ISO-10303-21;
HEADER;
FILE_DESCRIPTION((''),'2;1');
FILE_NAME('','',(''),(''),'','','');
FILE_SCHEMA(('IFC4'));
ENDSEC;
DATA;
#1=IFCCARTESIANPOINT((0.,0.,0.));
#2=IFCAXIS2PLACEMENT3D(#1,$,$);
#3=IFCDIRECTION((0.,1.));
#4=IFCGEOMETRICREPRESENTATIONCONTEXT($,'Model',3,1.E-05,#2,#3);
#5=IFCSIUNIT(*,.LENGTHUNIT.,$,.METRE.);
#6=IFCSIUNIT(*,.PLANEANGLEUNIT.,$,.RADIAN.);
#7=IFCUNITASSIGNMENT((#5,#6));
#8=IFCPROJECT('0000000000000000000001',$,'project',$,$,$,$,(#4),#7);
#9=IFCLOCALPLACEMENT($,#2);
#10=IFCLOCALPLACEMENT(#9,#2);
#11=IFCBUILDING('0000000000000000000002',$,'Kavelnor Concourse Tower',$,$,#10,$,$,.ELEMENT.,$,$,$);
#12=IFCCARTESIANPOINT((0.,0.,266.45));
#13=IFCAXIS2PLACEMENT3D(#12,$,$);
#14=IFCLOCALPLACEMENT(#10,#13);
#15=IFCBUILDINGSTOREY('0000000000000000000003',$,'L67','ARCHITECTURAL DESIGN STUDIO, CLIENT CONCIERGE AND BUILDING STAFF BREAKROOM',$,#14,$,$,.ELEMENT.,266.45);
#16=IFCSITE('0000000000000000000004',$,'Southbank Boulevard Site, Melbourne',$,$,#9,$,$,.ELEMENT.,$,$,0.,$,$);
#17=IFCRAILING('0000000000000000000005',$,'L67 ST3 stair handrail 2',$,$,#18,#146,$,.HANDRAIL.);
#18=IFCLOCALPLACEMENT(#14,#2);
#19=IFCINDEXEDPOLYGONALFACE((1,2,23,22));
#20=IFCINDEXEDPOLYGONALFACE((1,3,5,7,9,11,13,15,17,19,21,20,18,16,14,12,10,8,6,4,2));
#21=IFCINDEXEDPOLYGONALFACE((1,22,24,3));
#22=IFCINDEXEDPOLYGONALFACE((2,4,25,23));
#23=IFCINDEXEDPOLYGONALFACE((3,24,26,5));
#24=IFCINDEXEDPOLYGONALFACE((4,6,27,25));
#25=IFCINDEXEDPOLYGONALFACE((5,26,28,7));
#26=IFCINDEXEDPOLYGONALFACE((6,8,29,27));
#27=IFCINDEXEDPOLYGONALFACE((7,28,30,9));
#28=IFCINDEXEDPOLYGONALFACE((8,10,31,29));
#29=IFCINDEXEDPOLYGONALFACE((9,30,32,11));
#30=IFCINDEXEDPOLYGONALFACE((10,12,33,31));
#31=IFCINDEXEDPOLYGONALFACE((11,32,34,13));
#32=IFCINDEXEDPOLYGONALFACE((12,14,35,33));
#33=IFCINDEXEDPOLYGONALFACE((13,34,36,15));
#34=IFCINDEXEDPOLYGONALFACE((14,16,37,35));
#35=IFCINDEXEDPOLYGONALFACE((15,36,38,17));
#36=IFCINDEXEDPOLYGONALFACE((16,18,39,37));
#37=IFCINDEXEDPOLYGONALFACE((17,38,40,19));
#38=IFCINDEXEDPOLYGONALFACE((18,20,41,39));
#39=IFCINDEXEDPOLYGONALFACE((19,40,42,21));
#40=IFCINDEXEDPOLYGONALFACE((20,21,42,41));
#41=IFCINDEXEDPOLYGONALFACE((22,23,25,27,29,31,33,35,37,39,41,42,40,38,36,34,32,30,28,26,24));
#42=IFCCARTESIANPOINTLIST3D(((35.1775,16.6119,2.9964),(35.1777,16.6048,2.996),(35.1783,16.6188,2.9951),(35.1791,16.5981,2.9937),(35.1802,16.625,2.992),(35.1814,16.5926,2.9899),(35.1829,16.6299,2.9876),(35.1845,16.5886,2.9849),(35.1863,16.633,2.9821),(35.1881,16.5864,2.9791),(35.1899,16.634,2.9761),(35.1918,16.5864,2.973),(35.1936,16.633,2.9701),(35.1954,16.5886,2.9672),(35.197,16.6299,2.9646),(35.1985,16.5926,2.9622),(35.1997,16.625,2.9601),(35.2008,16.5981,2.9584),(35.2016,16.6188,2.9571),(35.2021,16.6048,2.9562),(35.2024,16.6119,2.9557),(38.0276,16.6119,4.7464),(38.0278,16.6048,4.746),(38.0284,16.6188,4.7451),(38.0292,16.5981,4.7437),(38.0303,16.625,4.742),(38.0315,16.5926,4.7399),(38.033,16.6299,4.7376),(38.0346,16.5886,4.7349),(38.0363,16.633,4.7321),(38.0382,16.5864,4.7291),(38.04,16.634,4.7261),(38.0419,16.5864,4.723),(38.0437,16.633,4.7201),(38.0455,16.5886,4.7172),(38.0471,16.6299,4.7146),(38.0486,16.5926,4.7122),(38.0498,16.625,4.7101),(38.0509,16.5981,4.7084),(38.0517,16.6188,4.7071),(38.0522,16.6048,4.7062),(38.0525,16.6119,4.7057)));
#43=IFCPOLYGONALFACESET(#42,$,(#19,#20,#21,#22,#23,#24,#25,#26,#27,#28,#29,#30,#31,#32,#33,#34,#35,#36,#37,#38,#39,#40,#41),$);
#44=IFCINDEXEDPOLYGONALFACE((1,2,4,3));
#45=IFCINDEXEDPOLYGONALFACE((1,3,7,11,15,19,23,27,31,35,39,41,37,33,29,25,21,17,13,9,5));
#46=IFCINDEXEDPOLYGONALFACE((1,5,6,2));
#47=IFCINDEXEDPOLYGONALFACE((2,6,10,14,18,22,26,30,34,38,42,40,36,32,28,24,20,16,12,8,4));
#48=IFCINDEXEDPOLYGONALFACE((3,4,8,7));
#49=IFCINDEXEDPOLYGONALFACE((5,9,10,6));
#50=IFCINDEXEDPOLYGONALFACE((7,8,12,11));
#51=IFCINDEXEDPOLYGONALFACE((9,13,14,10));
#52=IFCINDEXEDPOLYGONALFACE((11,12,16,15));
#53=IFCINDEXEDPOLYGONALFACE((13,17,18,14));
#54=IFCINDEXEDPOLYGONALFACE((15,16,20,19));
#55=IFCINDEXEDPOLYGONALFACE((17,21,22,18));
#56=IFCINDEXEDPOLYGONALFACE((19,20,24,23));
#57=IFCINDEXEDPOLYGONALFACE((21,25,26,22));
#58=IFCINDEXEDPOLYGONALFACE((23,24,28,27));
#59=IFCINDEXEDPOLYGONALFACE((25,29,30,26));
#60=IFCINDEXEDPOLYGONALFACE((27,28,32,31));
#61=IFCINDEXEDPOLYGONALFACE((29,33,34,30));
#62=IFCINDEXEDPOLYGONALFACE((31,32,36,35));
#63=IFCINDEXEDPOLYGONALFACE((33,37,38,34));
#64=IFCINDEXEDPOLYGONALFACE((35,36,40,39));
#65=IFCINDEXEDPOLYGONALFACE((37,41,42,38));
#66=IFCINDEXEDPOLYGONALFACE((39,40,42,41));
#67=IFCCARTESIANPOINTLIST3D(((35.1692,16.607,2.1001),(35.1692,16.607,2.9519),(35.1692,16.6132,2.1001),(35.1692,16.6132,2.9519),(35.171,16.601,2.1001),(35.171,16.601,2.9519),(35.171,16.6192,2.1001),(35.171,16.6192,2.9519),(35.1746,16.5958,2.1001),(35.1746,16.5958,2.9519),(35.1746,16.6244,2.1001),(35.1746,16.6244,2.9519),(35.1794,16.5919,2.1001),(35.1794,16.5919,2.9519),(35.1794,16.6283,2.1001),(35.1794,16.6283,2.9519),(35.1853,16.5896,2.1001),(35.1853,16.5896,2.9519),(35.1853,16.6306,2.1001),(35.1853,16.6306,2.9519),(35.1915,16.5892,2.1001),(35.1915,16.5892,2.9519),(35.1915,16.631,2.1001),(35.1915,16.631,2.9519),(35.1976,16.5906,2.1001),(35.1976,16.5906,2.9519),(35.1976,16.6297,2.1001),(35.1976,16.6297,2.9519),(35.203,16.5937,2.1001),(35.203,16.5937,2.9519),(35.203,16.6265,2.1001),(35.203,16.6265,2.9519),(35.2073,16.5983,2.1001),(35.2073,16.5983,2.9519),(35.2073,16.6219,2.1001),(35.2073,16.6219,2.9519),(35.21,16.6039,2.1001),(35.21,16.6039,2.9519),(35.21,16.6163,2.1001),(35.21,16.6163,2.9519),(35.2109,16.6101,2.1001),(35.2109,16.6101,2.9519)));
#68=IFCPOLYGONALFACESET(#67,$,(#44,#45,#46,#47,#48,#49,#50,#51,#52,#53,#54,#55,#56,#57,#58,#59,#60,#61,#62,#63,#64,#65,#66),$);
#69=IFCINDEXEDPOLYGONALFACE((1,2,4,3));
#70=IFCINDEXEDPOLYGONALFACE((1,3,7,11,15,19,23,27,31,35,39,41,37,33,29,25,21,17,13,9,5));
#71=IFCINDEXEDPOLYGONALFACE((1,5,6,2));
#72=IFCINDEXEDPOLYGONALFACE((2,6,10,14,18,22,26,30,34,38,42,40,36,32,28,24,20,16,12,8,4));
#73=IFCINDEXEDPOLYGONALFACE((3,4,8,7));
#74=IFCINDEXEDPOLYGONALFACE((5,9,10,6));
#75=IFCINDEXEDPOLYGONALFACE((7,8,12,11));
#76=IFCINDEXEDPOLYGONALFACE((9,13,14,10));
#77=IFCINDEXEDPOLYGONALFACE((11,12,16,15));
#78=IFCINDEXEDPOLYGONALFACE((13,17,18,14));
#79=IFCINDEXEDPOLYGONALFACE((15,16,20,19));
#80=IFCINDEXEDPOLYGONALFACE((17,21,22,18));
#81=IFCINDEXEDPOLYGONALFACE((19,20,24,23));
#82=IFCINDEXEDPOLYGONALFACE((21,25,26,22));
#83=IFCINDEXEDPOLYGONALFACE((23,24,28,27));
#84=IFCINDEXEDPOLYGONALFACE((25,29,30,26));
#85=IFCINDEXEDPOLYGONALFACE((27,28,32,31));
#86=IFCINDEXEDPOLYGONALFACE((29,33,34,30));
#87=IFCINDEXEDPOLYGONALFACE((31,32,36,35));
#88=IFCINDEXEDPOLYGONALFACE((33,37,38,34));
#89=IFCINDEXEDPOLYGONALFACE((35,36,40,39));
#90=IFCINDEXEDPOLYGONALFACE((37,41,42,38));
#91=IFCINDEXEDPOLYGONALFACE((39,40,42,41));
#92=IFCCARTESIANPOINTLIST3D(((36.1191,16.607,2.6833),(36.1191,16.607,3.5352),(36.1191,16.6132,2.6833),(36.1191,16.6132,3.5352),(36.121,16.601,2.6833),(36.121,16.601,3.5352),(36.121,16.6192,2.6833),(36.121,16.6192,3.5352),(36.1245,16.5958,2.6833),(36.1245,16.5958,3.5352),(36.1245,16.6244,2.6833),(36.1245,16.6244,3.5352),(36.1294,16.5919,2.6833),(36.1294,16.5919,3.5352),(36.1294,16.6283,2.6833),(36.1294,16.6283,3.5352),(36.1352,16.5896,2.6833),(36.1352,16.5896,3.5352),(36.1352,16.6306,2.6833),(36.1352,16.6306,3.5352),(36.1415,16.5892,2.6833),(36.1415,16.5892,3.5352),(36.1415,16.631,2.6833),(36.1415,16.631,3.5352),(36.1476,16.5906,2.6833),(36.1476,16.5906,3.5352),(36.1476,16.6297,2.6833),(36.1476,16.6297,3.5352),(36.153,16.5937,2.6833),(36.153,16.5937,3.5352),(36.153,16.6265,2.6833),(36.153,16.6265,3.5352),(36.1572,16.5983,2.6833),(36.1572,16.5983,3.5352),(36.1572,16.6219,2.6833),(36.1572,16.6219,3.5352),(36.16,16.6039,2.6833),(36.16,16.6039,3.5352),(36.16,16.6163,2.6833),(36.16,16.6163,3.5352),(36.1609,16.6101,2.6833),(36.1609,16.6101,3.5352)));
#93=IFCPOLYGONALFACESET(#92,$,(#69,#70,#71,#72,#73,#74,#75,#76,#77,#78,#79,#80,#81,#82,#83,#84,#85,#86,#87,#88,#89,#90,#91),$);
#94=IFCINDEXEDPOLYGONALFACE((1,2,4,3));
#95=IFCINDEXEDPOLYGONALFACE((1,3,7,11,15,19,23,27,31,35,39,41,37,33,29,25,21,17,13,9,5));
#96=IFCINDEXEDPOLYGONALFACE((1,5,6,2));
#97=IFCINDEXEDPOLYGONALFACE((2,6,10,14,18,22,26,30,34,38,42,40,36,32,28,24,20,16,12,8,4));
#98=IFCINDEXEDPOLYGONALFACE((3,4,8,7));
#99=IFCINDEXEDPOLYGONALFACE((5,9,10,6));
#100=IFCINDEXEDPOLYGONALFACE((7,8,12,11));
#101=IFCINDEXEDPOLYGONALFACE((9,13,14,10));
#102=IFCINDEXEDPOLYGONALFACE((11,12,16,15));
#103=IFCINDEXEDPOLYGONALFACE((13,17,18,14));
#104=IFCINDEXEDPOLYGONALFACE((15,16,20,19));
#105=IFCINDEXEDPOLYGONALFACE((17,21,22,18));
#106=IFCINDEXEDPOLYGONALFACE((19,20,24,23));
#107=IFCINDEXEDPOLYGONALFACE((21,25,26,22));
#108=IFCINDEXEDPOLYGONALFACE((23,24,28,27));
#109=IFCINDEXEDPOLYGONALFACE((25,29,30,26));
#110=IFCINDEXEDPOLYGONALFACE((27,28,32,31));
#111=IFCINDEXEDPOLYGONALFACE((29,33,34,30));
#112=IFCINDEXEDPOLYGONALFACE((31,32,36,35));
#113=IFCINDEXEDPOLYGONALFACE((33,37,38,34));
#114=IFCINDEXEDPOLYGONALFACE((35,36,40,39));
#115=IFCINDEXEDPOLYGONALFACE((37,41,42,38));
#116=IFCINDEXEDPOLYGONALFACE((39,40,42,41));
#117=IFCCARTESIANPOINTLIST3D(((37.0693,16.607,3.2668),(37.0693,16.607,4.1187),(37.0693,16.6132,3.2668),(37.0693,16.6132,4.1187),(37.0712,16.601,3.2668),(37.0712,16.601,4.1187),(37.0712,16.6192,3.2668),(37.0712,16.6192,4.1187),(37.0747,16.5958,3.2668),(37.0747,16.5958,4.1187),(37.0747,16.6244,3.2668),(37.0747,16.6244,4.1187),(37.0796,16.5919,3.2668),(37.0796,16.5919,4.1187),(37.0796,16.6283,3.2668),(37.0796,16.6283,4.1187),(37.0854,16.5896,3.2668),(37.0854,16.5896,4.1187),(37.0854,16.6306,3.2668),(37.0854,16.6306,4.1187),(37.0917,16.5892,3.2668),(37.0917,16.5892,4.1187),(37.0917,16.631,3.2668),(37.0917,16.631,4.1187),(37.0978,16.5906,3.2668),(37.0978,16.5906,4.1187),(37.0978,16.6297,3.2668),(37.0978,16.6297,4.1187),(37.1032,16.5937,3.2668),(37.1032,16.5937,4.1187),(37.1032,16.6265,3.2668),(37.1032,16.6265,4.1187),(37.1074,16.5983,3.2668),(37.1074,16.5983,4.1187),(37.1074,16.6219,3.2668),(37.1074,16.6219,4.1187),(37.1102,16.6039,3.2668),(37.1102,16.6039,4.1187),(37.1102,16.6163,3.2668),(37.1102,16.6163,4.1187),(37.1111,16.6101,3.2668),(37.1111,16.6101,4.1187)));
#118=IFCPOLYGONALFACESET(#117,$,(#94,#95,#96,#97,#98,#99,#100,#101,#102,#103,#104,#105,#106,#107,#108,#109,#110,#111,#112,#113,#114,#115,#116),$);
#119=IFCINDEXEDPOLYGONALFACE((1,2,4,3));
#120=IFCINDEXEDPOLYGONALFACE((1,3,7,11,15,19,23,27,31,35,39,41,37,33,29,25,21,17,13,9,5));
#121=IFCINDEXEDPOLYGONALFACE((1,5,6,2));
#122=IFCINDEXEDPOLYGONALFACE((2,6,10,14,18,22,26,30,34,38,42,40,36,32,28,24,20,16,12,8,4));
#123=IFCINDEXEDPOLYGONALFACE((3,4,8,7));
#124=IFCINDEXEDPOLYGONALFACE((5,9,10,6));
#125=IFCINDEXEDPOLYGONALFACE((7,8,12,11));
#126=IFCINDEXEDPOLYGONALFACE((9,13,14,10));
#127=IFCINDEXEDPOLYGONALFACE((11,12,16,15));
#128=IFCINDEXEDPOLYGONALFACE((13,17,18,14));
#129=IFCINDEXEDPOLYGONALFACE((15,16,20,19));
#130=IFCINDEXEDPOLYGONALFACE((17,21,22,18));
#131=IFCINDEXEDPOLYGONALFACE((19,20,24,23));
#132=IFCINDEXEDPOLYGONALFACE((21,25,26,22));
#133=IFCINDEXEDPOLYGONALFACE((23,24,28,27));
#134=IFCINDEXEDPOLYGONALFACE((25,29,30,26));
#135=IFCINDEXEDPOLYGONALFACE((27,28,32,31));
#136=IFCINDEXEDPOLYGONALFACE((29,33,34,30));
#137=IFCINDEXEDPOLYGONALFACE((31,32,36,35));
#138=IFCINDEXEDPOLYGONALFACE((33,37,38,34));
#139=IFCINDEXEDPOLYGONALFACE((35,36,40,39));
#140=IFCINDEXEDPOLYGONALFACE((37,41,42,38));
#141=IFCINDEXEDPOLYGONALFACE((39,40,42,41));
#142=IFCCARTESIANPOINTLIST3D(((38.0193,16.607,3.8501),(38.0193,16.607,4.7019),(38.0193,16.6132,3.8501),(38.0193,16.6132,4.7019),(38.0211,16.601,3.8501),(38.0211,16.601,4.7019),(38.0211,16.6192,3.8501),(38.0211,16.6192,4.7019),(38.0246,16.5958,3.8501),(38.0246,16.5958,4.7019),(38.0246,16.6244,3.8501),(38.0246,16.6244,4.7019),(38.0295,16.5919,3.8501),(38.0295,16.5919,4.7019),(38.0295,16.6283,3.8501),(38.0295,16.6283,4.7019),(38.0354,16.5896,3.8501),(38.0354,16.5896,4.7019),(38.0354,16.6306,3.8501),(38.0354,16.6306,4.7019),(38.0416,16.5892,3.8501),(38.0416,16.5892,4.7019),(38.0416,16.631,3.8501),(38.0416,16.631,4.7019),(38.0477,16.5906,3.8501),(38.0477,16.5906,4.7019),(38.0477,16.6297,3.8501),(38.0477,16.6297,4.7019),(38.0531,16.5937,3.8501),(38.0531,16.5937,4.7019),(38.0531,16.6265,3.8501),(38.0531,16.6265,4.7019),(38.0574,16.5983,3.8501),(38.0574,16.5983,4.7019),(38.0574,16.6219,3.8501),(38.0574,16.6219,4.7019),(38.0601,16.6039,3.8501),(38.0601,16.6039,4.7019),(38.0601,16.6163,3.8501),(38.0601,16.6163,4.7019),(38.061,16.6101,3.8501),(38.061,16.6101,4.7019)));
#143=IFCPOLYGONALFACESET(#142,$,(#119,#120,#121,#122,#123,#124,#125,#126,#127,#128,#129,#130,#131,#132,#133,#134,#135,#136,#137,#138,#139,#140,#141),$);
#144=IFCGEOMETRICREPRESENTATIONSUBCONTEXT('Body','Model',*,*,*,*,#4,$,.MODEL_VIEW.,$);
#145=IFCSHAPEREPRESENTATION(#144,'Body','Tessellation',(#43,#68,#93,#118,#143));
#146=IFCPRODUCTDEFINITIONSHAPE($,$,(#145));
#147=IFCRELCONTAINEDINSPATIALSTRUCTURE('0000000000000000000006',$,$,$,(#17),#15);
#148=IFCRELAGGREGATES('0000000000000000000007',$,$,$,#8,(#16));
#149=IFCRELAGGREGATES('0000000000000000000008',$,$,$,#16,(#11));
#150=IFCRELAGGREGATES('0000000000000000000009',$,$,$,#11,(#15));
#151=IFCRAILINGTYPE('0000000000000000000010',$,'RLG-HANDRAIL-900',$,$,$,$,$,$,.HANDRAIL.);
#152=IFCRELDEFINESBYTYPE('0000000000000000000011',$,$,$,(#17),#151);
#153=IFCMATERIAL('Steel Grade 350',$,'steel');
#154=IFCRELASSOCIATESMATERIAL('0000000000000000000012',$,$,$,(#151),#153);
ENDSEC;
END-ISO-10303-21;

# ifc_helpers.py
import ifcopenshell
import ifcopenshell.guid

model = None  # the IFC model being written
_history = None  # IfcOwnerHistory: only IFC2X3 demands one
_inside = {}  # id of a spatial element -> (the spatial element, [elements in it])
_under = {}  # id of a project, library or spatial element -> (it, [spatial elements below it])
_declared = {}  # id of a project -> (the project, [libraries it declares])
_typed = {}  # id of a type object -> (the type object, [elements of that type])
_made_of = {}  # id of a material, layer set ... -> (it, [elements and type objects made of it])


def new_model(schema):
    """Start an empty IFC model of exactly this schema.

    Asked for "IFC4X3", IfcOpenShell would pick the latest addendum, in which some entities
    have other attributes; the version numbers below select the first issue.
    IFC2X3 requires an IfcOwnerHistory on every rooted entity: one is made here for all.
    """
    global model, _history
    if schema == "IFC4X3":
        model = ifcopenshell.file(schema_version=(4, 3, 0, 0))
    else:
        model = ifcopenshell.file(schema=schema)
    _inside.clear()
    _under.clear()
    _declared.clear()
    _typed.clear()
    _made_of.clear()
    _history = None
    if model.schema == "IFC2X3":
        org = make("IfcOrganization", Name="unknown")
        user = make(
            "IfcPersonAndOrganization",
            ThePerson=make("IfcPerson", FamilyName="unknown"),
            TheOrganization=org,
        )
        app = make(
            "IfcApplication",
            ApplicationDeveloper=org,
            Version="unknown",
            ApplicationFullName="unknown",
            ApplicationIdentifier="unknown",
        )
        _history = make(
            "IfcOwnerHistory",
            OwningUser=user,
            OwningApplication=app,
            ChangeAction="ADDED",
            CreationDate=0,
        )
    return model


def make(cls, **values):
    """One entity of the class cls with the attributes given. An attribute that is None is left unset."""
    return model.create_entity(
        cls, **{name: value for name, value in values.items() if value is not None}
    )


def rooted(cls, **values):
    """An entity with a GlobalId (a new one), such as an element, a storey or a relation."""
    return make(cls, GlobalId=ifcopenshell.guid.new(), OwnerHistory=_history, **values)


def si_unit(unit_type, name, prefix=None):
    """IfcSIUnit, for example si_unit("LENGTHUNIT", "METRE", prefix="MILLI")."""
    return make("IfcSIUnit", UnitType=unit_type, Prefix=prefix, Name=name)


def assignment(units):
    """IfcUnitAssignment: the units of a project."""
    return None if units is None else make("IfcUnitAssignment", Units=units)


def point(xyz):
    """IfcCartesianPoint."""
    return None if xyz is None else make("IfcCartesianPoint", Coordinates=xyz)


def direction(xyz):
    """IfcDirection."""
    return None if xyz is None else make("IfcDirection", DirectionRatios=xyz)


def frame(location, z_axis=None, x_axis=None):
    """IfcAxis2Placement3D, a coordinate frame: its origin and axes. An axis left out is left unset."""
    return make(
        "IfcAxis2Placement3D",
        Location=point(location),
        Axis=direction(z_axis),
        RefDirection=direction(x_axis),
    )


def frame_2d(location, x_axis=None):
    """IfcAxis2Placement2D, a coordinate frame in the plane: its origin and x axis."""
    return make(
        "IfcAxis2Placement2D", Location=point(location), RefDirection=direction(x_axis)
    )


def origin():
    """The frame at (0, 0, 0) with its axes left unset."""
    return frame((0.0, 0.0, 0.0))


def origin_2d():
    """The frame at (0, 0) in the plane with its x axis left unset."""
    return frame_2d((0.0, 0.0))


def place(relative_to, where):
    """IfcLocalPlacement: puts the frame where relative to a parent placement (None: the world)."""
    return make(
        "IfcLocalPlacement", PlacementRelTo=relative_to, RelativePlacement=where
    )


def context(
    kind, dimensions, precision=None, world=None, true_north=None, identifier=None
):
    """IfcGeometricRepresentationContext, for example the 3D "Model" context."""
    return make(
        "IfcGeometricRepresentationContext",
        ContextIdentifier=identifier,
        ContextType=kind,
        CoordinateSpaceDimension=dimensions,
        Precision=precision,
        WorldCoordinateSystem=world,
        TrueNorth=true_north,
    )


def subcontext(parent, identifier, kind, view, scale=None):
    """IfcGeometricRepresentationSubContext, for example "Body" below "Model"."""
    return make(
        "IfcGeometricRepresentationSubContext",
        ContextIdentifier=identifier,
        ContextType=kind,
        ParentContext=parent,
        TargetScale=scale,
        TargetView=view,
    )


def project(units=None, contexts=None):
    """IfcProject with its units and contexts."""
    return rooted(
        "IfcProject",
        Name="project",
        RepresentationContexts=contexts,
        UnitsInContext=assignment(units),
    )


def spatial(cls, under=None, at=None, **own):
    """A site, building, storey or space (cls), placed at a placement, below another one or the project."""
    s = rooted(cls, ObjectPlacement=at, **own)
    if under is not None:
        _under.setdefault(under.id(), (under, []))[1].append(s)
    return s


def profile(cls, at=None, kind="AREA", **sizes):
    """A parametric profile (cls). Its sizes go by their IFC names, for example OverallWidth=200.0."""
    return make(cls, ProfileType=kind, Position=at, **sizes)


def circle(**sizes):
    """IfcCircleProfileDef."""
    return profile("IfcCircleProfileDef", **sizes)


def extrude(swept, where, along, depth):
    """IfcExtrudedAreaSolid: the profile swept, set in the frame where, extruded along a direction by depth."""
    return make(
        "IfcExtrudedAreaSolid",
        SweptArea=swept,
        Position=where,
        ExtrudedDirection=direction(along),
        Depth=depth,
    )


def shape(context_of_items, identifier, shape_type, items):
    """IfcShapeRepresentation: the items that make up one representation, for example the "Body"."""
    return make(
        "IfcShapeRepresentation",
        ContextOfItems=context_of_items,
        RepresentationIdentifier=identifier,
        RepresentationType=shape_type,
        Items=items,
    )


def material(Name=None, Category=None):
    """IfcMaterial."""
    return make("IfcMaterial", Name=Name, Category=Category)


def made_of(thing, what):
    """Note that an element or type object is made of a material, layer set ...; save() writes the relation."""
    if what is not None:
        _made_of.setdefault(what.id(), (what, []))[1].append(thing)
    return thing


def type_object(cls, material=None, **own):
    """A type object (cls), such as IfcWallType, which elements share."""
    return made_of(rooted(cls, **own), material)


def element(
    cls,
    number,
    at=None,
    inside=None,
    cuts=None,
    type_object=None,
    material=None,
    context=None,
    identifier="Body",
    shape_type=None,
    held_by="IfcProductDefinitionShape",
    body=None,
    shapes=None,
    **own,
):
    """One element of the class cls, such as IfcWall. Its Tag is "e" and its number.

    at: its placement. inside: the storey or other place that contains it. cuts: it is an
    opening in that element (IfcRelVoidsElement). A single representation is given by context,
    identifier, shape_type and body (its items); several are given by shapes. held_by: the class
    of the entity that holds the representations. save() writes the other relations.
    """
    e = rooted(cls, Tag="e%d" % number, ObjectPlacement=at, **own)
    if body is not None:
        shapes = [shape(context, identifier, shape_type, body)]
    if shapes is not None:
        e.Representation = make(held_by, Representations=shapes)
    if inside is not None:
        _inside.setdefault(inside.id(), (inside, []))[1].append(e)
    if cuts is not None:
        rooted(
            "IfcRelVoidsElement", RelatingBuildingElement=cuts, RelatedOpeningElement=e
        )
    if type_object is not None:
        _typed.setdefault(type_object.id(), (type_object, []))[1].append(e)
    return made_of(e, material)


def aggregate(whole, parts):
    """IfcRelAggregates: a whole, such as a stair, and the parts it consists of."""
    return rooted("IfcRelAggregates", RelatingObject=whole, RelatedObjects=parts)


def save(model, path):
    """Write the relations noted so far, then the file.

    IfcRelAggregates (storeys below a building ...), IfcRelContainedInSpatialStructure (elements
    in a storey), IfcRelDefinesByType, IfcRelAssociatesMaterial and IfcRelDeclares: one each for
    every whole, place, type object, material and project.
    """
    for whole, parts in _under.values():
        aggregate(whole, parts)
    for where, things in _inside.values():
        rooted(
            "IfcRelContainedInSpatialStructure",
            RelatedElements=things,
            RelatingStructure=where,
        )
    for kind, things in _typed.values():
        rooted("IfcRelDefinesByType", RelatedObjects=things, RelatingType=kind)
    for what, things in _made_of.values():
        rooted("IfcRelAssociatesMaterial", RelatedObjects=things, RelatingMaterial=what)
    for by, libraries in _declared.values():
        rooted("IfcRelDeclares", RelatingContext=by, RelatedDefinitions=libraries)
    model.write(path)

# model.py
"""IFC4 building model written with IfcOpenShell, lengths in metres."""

from ifc_helpers import new_model, si_unit, direction, frame, origin, origin_2d, place, context, subcontext, project, spatial, circle, extrude, material, type_object, element, save


model = new_model("IFC4")

# Units and contexts
model_context = context("Model", 3, precision=1e-05, world=origin(), true_north=direction((0.0, 1.0)))
body_context = subcontext(model_context, "Body", "Model", "MODEL_VIEW")
ifc_project = project(units=[si_unit("LENGTHUNIT", "METRE"), si_unit("PLANEANGLEUNIT", "RADIAN")], contexts=[model_context])

# Site, building, storey
site_placement = place(None, origin())
site = spatial("IfcSite", under=ifc_project, at=site_placement, Name="Southbank Boulevard Site, Melbourne", CompositionType="ELEMENT", RefElevation=0.0)
building_placement = place(site_placement, origin())
building = spatial("IfcBuilding", under=site, at=building_placement, Name="Kavelnor Concourse Tower", CompositionType="ELEMENT")
storey_placement = place(building_placement, frame((0.0, 0.0, 266.45)))
storey = spatial("IfcBuildingStorey", under=building, at=storey_placement, Name="L67", Description="ARCHITECTURAL DESIGN STUDIO, CLIENT CONCIERGE AND BUILDING STAFF BREAKROOM", CompositionType="ELEMENT", Elevation=266.45)

# Shared definitions
ifc_material_1 = material(Name="Steel Grade 350", Category="steel")

# Railing
railing_type_1 = type_object("IfcRailingType", Name="RLG-HANDRAIL-900", PredefinedType="HANDRAIL", material=ifc_material_1)
railing_1_placement = place(storey_placement, frame((35.1899, 16.6101, 2.1001)))
element("IfcRailing", 1, at=railing_1_placement, inside=storey, type_object=railing_type_1, Name="L67 ST3 stair handrail 2", PredefinedType="HANDRAIL", context=body_context, shape_type="SweptSolid", body=[
    extrude(circle(Radius=0.0239, at=origin_2d()), frame((0.0, 0.0, 0.876), z_axis=(0.852179, 0.0, 0.52325), x_axis=(0.0, 1.0, 0.0)), (0.0, 0.0, 1.0), 3.3445),
    extrude(circle(Radius=0.021, at=origin_2d()), origin(), (0.0, 0.0, 1.0), 0.8518),
    extrude(circle(Radius=0.021, at=origin_2d()), frame((0.95, 0.0, 0.5833)), (0.0, 0.0, 1.0), 0.8518),
    extrude(circle(Radius=0.021, at=origin_2d()), frame((1.9001, 0.0, 1.1667)), (0.0, 0.0, 1.0), 0.8518),
    extrude(circle(Radius=0.021, at=origin_2d()), frame((2.8501, 0.0, 1.75)), (0.0, 0.0, 1.0), 0.8518),
])

save(model, "model.ifc")
